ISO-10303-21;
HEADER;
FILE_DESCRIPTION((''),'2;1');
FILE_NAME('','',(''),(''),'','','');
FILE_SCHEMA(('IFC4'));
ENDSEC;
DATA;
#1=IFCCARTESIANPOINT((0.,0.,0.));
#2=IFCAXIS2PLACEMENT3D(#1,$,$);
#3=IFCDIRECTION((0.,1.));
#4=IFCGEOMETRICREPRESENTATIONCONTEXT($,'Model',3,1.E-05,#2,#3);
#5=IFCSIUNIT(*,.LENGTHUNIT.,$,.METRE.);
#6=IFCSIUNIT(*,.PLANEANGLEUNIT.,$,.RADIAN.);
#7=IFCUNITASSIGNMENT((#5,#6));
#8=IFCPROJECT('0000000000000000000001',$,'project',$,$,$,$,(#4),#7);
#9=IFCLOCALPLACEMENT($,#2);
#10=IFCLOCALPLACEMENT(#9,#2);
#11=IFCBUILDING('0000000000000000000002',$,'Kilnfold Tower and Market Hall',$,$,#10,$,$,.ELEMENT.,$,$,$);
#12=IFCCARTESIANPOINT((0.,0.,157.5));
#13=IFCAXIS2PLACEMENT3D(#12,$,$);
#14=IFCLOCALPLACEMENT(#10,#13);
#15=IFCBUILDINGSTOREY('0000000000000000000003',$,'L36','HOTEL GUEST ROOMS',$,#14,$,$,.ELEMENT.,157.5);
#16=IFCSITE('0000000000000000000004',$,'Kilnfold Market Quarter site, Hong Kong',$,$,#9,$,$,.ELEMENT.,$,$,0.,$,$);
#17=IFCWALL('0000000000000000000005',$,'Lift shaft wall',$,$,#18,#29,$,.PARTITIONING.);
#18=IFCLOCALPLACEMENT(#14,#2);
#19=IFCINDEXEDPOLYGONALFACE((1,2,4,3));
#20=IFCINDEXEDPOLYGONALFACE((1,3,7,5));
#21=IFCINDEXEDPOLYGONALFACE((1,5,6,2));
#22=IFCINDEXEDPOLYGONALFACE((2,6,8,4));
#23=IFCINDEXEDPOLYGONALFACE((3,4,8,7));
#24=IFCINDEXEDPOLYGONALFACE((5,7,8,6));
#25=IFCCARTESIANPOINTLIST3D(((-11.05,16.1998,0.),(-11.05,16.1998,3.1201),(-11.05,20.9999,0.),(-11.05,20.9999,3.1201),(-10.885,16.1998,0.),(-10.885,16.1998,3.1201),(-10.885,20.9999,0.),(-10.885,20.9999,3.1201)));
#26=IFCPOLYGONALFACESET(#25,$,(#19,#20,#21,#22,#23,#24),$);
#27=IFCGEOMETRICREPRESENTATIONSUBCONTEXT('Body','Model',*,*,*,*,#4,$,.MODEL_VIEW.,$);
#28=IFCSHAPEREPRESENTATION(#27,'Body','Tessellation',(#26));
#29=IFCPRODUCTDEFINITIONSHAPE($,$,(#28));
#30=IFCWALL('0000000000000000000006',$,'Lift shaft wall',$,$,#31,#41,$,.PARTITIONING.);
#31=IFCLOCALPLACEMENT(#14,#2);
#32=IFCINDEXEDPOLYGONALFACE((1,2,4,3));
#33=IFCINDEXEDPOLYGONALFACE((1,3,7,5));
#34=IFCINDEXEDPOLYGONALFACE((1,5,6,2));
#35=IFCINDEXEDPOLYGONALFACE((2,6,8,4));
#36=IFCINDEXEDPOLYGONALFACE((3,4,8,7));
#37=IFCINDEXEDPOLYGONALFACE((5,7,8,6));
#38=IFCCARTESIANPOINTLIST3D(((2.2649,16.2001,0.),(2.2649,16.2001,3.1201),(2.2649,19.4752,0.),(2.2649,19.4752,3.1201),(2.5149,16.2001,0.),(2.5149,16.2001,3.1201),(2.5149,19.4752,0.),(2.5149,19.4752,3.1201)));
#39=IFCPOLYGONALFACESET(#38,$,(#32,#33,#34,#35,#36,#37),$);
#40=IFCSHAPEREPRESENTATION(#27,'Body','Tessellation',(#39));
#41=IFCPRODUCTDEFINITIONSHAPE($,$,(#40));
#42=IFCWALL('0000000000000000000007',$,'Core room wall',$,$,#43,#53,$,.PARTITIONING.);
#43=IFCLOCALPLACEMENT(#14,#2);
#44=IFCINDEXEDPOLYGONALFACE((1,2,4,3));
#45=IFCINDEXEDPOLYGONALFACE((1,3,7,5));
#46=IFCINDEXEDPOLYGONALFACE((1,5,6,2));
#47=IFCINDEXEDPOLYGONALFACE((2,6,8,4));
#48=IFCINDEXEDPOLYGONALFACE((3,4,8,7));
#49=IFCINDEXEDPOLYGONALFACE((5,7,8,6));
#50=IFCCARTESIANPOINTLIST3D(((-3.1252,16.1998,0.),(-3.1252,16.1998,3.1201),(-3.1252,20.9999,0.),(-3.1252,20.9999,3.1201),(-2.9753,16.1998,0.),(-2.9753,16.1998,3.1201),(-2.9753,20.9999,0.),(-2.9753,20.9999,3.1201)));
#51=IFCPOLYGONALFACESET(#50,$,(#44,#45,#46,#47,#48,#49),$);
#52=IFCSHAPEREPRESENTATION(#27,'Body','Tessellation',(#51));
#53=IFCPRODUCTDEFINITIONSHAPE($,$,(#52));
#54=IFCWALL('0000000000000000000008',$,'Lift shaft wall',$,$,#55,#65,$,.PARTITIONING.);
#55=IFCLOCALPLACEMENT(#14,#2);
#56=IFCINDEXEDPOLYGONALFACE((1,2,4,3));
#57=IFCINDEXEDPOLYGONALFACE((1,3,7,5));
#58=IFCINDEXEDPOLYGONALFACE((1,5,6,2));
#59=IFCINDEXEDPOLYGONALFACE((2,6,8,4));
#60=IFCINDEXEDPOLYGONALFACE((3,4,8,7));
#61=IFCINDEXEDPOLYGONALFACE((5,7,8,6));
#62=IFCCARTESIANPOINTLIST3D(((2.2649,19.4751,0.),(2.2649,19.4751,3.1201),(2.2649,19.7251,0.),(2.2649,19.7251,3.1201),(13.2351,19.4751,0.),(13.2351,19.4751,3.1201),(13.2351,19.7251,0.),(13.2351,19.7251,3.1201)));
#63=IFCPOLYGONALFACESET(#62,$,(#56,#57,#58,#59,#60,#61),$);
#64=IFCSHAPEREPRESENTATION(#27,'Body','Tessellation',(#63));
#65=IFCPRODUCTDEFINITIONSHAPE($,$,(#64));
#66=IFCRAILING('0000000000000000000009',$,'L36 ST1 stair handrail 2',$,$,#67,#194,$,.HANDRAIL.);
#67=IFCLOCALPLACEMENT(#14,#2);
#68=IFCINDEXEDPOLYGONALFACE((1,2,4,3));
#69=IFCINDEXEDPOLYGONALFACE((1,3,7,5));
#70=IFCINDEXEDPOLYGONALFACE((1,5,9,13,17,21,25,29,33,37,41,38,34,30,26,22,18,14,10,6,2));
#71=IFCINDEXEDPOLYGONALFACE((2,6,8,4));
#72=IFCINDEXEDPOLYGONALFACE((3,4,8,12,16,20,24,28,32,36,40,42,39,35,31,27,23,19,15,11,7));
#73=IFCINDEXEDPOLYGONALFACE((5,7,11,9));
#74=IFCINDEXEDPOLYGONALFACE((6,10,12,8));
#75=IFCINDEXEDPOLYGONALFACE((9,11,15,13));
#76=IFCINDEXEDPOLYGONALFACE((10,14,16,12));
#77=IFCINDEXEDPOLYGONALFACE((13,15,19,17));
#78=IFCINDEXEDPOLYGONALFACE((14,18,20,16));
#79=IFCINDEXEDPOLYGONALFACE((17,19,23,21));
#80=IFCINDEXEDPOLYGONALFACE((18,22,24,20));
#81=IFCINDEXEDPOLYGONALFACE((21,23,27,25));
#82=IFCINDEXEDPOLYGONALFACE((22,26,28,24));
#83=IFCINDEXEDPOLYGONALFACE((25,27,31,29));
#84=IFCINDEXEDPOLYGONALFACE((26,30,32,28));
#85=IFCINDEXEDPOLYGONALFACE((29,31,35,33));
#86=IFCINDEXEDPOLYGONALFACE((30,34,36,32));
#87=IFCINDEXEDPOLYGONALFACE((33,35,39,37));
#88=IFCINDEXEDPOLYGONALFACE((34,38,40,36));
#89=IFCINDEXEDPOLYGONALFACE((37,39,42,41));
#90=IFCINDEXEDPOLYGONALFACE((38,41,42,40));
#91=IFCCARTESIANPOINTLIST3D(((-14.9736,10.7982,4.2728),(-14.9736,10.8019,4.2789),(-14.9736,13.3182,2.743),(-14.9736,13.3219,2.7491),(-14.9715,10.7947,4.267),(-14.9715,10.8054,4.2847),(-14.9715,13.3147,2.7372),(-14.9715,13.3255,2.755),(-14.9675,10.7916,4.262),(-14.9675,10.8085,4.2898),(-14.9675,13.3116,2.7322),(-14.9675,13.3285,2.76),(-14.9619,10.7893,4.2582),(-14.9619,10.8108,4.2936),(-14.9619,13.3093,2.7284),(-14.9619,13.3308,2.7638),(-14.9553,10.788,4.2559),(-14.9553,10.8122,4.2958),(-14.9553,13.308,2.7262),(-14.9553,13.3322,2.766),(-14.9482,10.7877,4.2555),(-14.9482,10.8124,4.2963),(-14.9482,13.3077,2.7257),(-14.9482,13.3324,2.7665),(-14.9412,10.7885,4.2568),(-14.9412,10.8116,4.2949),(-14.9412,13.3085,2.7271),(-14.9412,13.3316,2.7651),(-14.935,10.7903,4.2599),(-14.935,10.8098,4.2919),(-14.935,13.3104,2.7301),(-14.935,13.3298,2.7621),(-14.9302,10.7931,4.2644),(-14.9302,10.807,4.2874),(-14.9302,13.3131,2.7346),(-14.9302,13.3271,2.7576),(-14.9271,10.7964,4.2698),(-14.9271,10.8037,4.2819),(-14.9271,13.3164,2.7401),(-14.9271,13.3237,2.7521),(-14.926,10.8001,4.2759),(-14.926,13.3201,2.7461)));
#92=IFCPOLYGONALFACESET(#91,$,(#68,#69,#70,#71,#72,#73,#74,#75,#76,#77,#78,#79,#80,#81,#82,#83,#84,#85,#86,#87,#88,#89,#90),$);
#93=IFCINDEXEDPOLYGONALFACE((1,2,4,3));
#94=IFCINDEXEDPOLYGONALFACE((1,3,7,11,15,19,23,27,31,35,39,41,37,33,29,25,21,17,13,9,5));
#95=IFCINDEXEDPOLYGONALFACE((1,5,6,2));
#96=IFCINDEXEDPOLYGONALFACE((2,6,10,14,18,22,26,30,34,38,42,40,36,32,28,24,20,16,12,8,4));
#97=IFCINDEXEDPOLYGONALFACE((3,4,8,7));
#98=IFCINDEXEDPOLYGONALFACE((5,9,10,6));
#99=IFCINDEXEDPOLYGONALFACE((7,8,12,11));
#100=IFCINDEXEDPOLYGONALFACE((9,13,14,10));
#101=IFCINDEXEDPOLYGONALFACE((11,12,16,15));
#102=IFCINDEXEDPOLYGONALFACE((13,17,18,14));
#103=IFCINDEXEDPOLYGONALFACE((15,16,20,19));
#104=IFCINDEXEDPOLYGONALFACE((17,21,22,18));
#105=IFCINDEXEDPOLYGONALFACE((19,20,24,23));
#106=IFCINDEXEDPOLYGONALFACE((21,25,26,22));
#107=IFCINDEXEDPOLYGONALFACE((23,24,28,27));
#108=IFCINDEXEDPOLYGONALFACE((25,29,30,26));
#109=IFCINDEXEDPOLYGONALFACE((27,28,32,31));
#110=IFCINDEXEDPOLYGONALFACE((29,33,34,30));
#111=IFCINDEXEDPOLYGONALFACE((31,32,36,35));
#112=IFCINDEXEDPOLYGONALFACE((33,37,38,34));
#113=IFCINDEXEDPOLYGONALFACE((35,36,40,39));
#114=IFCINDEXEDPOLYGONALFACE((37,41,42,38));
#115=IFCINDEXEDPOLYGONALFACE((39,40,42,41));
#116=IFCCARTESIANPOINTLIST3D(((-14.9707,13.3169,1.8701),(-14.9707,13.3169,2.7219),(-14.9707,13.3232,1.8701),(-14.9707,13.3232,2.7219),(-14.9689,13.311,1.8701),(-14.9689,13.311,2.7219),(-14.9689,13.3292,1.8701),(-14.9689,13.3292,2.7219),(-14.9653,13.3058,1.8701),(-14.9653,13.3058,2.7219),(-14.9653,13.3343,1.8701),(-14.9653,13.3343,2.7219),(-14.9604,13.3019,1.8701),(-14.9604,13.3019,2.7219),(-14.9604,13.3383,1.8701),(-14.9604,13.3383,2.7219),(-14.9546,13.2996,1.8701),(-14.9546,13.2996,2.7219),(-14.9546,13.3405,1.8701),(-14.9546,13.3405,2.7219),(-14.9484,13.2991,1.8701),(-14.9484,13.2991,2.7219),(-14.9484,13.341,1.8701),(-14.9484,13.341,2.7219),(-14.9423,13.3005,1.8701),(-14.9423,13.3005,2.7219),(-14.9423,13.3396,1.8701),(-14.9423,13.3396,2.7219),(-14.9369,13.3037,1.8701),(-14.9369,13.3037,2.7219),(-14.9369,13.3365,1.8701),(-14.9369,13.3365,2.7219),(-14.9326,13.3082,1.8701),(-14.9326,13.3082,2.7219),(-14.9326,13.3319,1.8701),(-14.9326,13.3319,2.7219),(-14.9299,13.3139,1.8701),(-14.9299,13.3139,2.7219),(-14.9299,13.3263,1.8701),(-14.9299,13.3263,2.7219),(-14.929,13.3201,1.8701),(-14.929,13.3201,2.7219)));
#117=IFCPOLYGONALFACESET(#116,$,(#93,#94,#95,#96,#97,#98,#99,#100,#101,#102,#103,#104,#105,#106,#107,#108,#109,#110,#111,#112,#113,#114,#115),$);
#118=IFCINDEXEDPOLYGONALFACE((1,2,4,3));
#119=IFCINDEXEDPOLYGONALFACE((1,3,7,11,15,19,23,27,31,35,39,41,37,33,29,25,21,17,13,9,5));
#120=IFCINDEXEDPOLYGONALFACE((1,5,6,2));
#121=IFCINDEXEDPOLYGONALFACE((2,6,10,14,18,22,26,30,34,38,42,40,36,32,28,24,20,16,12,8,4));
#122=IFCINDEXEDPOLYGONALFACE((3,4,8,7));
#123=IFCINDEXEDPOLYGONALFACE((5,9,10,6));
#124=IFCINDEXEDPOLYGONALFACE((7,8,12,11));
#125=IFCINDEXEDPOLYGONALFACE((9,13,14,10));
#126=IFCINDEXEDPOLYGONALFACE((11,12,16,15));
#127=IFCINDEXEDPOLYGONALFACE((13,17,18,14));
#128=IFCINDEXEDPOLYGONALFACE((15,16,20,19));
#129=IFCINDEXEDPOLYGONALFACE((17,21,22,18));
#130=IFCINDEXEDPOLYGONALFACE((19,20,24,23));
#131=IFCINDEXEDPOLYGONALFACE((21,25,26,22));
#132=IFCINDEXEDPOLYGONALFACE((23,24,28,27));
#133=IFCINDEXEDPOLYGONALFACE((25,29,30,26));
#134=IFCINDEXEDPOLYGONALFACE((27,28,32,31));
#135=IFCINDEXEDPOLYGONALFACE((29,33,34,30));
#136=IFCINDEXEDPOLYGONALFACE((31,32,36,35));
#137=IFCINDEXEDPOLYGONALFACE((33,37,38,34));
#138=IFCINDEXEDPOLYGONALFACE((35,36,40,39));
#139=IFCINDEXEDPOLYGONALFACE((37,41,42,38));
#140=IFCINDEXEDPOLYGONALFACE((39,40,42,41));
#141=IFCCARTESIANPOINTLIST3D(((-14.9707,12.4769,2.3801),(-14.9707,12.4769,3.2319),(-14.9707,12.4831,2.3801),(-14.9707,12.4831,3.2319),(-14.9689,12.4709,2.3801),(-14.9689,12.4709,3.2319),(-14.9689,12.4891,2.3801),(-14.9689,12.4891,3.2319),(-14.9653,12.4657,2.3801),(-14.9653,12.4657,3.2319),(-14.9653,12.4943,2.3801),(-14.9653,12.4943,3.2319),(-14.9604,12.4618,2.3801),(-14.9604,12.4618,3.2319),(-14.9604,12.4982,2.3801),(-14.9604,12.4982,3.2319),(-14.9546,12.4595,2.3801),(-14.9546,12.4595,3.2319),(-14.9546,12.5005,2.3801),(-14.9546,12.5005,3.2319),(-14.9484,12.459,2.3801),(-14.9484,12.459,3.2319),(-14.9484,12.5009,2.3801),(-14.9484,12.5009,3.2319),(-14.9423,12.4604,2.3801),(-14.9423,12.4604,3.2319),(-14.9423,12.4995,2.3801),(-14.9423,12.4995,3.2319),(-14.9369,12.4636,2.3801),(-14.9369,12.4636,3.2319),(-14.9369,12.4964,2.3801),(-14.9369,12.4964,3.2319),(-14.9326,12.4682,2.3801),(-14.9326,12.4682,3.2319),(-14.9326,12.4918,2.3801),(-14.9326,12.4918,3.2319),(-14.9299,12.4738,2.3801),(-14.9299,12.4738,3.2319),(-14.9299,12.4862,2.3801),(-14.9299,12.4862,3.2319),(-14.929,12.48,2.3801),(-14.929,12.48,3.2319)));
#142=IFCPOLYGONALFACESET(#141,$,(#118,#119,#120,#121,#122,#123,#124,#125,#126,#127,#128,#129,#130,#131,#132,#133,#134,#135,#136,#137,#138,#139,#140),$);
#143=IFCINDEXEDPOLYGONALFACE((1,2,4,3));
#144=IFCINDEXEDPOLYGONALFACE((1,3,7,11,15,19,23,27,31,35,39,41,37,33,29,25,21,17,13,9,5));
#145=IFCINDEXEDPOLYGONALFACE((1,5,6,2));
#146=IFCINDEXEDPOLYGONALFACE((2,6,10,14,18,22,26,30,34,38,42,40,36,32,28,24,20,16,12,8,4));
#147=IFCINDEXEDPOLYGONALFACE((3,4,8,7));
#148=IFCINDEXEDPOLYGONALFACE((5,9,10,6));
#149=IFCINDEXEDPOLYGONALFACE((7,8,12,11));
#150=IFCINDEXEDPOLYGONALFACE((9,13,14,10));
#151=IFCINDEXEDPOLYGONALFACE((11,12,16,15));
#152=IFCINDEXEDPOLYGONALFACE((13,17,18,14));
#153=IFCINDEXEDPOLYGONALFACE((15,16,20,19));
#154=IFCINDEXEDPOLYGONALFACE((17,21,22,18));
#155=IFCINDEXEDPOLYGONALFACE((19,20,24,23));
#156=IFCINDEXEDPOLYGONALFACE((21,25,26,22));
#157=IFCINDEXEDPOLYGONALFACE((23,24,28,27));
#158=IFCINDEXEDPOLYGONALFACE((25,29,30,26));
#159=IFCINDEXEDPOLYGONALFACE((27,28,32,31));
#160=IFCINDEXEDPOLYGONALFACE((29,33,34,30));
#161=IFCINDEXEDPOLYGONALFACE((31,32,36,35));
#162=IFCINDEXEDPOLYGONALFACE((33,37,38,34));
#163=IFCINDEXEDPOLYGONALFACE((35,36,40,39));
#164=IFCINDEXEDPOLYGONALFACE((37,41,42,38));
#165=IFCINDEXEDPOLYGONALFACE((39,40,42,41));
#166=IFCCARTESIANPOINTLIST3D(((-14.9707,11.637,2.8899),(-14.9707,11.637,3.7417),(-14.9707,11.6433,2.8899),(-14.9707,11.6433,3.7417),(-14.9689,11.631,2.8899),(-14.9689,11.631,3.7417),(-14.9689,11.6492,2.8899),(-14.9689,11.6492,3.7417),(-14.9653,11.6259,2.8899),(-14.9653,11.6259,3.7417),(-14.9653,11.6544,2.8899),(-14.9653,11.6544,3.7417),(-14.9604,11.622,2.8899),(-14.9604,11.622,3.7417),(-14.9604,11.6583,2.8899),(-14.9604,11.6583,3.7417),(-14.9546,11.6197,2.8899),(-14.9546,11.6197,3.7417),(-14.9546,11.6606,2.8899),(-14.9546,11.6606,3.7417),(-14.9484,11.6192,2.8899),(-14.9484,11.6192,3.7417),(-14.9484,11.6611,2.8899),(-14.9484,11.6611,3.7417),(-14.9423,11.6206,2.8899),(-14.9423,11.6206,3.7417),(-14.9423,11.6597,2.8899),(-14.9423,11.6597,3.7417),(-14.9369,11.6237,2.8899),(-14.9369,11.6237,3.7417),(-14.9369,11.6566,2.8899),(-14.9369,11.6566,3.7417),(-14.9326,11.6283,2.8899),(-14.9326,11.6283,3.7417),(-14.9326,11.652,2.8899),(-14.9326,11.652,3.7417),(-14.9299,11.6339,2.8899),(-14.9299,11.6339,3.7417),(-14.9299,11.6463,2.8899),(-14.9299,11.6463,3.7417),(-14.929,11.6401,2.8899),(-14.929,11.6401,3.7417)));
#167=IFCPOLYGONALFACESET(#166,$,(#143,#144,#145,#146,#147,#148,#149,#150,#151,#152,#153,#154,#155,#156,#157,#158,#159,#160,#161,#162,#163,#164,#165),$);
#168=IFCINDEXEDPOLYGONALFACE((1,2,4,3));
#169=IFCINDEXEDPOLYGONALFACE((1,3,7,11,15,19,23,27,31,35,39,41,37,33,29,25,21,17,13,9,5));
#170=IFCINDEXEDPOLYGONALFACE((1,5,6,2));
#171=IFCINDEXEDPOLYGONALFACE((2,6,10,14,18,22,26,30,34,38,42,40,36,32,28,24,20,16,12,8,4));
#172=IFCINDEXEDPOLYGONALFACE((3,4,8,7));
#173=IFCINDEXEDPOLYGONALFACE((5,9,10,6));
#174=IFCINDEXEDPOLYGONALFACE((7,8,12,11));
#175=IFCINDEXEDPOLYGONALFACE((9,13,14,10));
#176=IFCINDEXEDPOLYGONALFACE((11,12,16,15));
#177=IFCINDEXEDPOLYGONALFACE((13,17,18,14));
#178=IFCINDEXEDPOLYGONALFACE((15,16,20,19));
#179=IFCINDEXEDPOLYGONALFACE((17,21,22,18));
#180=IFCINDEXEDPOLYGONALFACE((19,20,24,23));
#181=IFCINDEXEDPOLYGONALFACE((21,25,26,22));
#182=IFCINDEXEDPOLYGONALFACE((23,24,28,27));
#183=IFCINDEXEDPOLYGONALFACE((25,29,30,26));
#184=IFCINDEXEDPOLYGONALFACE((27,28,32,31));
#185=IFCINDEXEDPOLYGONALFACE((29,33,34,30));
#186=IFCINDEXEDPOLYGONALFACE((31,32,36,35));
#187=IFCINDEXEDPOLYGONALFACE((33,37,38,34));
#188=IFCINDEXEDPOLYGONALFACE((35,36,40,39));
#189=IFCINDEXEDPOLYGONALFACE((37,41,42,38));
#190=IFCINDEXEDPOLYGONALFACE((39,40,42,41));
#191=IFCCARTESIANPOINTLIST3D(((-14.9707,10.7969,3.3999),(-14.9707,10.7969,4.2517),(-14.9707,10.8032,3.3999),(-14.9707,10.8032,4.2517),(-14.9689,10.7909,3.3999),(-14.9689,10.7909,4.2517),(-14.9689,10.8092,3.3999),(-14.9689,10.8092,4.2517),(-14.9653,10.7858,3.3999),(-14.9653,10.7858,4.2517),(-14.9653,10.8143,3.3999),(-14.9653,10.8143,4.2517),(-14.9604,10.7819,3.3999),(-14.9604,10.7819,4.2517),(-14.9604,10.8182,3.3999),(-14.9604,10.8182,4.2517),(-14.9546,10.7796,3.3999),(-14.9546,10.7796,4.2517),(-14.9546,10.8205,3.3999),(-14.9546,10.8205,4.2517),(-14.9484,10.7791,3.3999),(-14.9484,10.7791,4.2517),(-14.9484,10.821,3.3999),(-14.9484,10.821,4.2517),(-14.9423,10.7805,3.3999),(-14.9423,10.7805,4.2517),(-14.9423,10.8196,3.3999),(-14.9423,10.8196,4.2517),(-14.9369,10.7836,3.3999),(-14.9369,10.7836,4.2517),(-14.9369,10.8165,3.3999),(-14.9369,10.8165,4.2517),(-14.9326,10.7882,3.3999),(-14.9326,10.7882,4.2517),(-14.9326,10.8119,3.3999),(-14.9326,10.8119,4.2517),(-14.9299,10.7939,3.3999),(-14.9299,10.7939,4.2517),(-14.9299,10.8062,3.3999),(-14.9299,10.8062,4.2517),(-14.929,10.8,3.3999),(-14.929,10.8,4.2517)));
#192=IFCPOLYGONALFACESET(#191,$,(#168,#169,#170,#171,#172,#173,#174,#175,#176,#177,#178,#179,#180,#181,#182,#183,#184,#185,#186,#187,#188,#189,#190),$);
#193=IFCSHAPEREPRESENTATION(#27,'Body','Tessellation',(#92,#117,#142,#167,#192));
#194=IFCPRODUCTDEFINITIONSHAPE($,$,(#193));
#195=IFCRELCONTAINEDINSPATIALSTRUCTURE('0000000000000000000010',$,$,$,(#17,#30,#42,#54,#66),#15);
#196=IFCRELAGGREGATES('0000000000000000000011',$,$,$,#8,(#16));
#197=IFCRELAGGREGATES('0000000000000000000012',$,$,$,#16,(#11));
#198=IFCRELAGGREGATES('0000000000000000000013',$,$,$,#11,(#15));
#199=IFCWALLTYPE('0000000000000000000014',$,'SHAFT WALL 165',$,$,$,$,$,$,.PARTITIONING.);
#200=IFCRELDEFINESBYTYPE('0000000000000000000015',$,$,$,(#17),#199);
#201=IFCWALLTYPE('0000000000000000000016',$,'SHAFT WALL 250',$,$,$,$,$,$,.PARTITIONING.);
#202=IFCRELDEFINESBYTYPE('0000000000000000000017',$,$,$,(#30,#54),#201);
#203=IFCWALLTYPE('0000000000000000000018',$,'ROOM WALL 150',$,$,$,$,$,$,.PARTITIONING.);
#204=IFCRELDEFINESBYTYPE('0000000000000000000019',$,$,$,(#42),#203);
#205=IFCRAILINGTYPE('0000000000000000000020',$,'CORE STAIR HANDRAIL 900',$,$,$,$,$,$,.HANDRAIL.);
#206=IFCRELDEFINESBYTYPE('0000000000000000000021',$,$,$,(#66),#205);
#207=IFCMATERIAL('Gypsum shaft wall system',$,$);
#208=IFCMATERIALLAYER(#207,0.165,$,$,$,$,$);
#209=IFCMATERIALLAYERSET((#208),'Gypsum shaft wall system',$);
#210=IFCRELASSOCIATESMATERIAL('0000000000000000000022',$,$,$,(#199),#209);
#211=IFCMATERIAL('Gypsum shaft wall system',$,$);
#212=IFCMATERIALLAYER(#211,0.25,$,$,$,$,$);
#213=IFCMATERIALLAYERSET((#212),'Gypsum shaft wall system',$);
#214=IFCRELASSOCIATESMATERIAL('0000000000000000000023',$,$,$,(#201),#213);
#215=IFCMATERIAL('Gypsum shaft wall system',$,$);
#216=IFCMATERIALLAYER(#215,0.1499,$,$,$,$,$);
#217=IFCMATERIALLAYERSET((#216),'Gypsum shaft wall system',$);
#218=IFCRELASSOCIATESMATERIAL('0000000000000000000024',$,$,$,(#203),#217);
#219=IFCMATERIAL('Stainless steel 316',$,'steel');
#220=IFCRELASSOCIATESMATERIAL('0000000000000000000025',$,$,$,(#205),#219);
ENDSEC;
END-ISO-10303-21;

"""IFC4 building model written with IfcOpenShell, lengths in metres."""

from ifc_helpers import new_model, si_unit, direction, frame, frame_2d, origin, origin_2d, place, context, subcontext, project, spatial, rectangle, circle, extrude, source, transform, mapped, material, layer, layer_set, type_object, element, save


model = new_model("IFC4")

# Units and contexts
model_context = context("Model", 3, precision=1e-05, world=origin(), true_north=direction((0.0, 1.0)))
body_context = subcontext(model_context, "Body", "Model", "MODEL_VIEW")
ifc_project = project(units=[si_unit("LENGTHUNIT", "METRE"), si_unit("PLANEANGLEUNIT", "RADIAN")], contexts=[model_context])

# Site, building, storey
site_placement = place(None, origin())
site = spatial("IfcSite", under=ifc_project, at=site_placement, Name="Kilnfold Market Quarter site, Hong Kong", CompositionType="ELEMENT", RefElevation=0.0)
building_placement = place(site_placement, origin())
building = spatial("IfcBuilding", under=site, at=building_placement, Name="Kilnfold Tower and Market Hall", CompositionType="ELEMENT")
storey_placement = place(building_placement, frame((0.0, 0.0, 157.5)))
storey = spatial("IfcBuildingStorey", under=building, at=storey_placement, Name="L36", Description="HOTEL GUEST ROOMS", CompositionType="ELEMENT", Elevation=157.5)

# Walls
ifc_material_1 = material(Name="Gypsum shaft wall system")
ifc_layer_1 = layer(ifc_material_1, 0.165)
ifc_layer_set_1 = layer_set([ifc_layer_1], Name="Gypsum shaft wall system")
wall_type_1 = type_object("IfcWallType", Name="SHAFT WALL 165", PredefinedType="PARTITIONING", material=ifc_layer_set_1)
shared_shape_1 = source(origin(), body_context, "Body", "SweptSolid", [
    extrude(rectangle(XDim=4.8, YDim=0.165, at=frame_2d((2.3999, 0.0))), origin(), (0.0, 0.0, 1.0), 3.1201),
])
wall_1_placement = place(storey_placement, frame((-10.9675, 16.2, 0.0), z_axis=(0.0, 0.0, 1.0), x_axis=(0.0, 1.0, 0.0)))
element("IfcWall", 1, at=wall_1_placement, inside=storey, type_object=wall_type_1, Name="Lift shaft wall", PredefinedType="PARTITIONING", context=body_context, shape_type="MappedRepresentation", body=[
    mapped(shared_shape_1, transform((0.0, 0.0, 0.0))),
])
ifc_material_2 = material(Name="Gypsum shaft wall system")
ifc_layer_2 = layer(ifc_material_2, 0.25)
ifc_layer_set_2 = layer_set([ifc_layer_2], Name="Gypsum shaft wall system")
wall_type_2 = type_object("IfcWallType", Name="SHAFT WALL 250", PredefinedType="PARTITIONING", material=ifc_layer_set_2)
shared_shape_2 = source(origin(), body_context, "Body", "SweptSolid", [
    extrude(rectangle(XDim=3.2751, YDim=0.25, at=frame_2d((1.6377, 0.0))), origin(), (0.0, 0.0, 1.0), 3.1201),
])
wall_2_placement = place(storey_placement, frame((2.3899, 16.2, 0.0), z_axis=(0.0, 0.0, 1.0), x_axis=(0.0, 1.0, 0.0)))
element("IfcWall", 2, at=wall_2_placement, inside=storey, type_object=wall_type_2, Name="Lift shaft wall", PredefinedType="PARTITIONING", context=body_context, shape_type="MappedRepresentation", body=[
    mapped(shared_shape_2, transform((0.0, 0.0, 0.0))),
])
ifc_material_3 = material(Name="Gypsum shaft wall system")
ifc_layer_3 = layer(ifc_material_3, 0.1499)
ifc_layer_set_3 = layer_set([ifc_layer_3], Name="Gypsum shaft wall system")
wall_type_3 = type_object("IfcWallType", Name="ROOM WALL 150", PredefinedType="PARTITIONING", material=ifc_layer_set_3)
shared_shape_3 = source(origin(), body_context, "Body", "SweptSolid", [
    extrude(rectangle(XDim=4.8, YDim=0.1499, at=frame_2d((2.3999, 0.0))), origin(), (0.0, 0.0, 1.0), 3.1201),
])
wall_3_placement = place(storey_placement, frame((-3.0503, 16.2, 0.0), z_axis=(0.0, 0.0, 1.0), x_axis=(0.0, 1.0, 0.0)))
element("IfcWall", 3, at=wall_3_placement, inside=storey, type_object=wall_type_3, Name="Core room wall", PredefinedType="PARTITIONING", context=body_context, shape_type="MappedRepresentation", body=[
    mapped(shared_shape_3, transform((0.0, 0.0, 0.0))),
])
shared_shape_4 = source(origin(), body_context, "Body", "SweptSolid", [
    extrude(rectangle(XDim=10.9702, YDim=0.25, at=frame_2d((5.4851, 0.0))), origin(), (0.0, 0.0, 1.0), 3.1201),
])
wall_4_placement = place(storey_placement, frame((2.2649, 19.6001, 0.0), z_axis=(0.0, 0.0, 1.0), x_axis=(1.0, 0.0, 0.0)))
element("IfcWall", 4, at=wall_4_placement, inside=storey, type_object=wall_type_2, Name="Lift shaft wall", PredefinedType="PARTITIONING", context=body_context, shape_type="MappedRepresentation", body=[
    mapped(shared_shape_4, transform((0.0, 0.0, 0.0))),
])

# Railing
ifc_material_4 = material(Name="Stainless steel 316", Category="steel")
railing_type = type_object("IfcRailingType", Name="CORE STAIR HANDRAIL 900", PredefinedType="HANDRAIL", material=ifc_material_4)
railing_placement = place(storey_placement, frame((-14.95, 13.3201, 1.8701)))
element("IfcRailing", 5, at=railing_placement, inside=storey, type_object=railing_type, Name="L36 ST1 stair handrail 2", PredefinedType="HANDRAIL", context=body_context, shape_type="SweptSolid", body=[
    extrude(circle(Radius=0.0239, at=origin_2d()), frame((0.0, 0.0, 0.876), z_axis=(0.0, -0.854822, 0.518922), x_axis=(1.0, 0.0, 0.0)), (0.0, 0.0, 1.0), 2.948),
    extrude(circle(Radius=0.021, at=origin_2d()), origin(), (0.0, 0.0, 1.0), 0.8518),
    extrude(circle(Radius=0.021, at=origin_2d()), frame((0.0, -0.8401, 0.51)), (0.0, 0.0, 1.0), 0.8518),
    extrude(circle(Radius=0.021, at=origin_2d()), frame((0.0, -1.6799, 1.0198)), (0.0, 0.0, 1.0), 0.8518),
    extrude(circle(Radius=0.021, at=origin_2d()), frame((0.0, -2.52, 1.5298)), (0.0, 0.0, 1.0), 0.8518),
])

save(model, "model.ifc")
